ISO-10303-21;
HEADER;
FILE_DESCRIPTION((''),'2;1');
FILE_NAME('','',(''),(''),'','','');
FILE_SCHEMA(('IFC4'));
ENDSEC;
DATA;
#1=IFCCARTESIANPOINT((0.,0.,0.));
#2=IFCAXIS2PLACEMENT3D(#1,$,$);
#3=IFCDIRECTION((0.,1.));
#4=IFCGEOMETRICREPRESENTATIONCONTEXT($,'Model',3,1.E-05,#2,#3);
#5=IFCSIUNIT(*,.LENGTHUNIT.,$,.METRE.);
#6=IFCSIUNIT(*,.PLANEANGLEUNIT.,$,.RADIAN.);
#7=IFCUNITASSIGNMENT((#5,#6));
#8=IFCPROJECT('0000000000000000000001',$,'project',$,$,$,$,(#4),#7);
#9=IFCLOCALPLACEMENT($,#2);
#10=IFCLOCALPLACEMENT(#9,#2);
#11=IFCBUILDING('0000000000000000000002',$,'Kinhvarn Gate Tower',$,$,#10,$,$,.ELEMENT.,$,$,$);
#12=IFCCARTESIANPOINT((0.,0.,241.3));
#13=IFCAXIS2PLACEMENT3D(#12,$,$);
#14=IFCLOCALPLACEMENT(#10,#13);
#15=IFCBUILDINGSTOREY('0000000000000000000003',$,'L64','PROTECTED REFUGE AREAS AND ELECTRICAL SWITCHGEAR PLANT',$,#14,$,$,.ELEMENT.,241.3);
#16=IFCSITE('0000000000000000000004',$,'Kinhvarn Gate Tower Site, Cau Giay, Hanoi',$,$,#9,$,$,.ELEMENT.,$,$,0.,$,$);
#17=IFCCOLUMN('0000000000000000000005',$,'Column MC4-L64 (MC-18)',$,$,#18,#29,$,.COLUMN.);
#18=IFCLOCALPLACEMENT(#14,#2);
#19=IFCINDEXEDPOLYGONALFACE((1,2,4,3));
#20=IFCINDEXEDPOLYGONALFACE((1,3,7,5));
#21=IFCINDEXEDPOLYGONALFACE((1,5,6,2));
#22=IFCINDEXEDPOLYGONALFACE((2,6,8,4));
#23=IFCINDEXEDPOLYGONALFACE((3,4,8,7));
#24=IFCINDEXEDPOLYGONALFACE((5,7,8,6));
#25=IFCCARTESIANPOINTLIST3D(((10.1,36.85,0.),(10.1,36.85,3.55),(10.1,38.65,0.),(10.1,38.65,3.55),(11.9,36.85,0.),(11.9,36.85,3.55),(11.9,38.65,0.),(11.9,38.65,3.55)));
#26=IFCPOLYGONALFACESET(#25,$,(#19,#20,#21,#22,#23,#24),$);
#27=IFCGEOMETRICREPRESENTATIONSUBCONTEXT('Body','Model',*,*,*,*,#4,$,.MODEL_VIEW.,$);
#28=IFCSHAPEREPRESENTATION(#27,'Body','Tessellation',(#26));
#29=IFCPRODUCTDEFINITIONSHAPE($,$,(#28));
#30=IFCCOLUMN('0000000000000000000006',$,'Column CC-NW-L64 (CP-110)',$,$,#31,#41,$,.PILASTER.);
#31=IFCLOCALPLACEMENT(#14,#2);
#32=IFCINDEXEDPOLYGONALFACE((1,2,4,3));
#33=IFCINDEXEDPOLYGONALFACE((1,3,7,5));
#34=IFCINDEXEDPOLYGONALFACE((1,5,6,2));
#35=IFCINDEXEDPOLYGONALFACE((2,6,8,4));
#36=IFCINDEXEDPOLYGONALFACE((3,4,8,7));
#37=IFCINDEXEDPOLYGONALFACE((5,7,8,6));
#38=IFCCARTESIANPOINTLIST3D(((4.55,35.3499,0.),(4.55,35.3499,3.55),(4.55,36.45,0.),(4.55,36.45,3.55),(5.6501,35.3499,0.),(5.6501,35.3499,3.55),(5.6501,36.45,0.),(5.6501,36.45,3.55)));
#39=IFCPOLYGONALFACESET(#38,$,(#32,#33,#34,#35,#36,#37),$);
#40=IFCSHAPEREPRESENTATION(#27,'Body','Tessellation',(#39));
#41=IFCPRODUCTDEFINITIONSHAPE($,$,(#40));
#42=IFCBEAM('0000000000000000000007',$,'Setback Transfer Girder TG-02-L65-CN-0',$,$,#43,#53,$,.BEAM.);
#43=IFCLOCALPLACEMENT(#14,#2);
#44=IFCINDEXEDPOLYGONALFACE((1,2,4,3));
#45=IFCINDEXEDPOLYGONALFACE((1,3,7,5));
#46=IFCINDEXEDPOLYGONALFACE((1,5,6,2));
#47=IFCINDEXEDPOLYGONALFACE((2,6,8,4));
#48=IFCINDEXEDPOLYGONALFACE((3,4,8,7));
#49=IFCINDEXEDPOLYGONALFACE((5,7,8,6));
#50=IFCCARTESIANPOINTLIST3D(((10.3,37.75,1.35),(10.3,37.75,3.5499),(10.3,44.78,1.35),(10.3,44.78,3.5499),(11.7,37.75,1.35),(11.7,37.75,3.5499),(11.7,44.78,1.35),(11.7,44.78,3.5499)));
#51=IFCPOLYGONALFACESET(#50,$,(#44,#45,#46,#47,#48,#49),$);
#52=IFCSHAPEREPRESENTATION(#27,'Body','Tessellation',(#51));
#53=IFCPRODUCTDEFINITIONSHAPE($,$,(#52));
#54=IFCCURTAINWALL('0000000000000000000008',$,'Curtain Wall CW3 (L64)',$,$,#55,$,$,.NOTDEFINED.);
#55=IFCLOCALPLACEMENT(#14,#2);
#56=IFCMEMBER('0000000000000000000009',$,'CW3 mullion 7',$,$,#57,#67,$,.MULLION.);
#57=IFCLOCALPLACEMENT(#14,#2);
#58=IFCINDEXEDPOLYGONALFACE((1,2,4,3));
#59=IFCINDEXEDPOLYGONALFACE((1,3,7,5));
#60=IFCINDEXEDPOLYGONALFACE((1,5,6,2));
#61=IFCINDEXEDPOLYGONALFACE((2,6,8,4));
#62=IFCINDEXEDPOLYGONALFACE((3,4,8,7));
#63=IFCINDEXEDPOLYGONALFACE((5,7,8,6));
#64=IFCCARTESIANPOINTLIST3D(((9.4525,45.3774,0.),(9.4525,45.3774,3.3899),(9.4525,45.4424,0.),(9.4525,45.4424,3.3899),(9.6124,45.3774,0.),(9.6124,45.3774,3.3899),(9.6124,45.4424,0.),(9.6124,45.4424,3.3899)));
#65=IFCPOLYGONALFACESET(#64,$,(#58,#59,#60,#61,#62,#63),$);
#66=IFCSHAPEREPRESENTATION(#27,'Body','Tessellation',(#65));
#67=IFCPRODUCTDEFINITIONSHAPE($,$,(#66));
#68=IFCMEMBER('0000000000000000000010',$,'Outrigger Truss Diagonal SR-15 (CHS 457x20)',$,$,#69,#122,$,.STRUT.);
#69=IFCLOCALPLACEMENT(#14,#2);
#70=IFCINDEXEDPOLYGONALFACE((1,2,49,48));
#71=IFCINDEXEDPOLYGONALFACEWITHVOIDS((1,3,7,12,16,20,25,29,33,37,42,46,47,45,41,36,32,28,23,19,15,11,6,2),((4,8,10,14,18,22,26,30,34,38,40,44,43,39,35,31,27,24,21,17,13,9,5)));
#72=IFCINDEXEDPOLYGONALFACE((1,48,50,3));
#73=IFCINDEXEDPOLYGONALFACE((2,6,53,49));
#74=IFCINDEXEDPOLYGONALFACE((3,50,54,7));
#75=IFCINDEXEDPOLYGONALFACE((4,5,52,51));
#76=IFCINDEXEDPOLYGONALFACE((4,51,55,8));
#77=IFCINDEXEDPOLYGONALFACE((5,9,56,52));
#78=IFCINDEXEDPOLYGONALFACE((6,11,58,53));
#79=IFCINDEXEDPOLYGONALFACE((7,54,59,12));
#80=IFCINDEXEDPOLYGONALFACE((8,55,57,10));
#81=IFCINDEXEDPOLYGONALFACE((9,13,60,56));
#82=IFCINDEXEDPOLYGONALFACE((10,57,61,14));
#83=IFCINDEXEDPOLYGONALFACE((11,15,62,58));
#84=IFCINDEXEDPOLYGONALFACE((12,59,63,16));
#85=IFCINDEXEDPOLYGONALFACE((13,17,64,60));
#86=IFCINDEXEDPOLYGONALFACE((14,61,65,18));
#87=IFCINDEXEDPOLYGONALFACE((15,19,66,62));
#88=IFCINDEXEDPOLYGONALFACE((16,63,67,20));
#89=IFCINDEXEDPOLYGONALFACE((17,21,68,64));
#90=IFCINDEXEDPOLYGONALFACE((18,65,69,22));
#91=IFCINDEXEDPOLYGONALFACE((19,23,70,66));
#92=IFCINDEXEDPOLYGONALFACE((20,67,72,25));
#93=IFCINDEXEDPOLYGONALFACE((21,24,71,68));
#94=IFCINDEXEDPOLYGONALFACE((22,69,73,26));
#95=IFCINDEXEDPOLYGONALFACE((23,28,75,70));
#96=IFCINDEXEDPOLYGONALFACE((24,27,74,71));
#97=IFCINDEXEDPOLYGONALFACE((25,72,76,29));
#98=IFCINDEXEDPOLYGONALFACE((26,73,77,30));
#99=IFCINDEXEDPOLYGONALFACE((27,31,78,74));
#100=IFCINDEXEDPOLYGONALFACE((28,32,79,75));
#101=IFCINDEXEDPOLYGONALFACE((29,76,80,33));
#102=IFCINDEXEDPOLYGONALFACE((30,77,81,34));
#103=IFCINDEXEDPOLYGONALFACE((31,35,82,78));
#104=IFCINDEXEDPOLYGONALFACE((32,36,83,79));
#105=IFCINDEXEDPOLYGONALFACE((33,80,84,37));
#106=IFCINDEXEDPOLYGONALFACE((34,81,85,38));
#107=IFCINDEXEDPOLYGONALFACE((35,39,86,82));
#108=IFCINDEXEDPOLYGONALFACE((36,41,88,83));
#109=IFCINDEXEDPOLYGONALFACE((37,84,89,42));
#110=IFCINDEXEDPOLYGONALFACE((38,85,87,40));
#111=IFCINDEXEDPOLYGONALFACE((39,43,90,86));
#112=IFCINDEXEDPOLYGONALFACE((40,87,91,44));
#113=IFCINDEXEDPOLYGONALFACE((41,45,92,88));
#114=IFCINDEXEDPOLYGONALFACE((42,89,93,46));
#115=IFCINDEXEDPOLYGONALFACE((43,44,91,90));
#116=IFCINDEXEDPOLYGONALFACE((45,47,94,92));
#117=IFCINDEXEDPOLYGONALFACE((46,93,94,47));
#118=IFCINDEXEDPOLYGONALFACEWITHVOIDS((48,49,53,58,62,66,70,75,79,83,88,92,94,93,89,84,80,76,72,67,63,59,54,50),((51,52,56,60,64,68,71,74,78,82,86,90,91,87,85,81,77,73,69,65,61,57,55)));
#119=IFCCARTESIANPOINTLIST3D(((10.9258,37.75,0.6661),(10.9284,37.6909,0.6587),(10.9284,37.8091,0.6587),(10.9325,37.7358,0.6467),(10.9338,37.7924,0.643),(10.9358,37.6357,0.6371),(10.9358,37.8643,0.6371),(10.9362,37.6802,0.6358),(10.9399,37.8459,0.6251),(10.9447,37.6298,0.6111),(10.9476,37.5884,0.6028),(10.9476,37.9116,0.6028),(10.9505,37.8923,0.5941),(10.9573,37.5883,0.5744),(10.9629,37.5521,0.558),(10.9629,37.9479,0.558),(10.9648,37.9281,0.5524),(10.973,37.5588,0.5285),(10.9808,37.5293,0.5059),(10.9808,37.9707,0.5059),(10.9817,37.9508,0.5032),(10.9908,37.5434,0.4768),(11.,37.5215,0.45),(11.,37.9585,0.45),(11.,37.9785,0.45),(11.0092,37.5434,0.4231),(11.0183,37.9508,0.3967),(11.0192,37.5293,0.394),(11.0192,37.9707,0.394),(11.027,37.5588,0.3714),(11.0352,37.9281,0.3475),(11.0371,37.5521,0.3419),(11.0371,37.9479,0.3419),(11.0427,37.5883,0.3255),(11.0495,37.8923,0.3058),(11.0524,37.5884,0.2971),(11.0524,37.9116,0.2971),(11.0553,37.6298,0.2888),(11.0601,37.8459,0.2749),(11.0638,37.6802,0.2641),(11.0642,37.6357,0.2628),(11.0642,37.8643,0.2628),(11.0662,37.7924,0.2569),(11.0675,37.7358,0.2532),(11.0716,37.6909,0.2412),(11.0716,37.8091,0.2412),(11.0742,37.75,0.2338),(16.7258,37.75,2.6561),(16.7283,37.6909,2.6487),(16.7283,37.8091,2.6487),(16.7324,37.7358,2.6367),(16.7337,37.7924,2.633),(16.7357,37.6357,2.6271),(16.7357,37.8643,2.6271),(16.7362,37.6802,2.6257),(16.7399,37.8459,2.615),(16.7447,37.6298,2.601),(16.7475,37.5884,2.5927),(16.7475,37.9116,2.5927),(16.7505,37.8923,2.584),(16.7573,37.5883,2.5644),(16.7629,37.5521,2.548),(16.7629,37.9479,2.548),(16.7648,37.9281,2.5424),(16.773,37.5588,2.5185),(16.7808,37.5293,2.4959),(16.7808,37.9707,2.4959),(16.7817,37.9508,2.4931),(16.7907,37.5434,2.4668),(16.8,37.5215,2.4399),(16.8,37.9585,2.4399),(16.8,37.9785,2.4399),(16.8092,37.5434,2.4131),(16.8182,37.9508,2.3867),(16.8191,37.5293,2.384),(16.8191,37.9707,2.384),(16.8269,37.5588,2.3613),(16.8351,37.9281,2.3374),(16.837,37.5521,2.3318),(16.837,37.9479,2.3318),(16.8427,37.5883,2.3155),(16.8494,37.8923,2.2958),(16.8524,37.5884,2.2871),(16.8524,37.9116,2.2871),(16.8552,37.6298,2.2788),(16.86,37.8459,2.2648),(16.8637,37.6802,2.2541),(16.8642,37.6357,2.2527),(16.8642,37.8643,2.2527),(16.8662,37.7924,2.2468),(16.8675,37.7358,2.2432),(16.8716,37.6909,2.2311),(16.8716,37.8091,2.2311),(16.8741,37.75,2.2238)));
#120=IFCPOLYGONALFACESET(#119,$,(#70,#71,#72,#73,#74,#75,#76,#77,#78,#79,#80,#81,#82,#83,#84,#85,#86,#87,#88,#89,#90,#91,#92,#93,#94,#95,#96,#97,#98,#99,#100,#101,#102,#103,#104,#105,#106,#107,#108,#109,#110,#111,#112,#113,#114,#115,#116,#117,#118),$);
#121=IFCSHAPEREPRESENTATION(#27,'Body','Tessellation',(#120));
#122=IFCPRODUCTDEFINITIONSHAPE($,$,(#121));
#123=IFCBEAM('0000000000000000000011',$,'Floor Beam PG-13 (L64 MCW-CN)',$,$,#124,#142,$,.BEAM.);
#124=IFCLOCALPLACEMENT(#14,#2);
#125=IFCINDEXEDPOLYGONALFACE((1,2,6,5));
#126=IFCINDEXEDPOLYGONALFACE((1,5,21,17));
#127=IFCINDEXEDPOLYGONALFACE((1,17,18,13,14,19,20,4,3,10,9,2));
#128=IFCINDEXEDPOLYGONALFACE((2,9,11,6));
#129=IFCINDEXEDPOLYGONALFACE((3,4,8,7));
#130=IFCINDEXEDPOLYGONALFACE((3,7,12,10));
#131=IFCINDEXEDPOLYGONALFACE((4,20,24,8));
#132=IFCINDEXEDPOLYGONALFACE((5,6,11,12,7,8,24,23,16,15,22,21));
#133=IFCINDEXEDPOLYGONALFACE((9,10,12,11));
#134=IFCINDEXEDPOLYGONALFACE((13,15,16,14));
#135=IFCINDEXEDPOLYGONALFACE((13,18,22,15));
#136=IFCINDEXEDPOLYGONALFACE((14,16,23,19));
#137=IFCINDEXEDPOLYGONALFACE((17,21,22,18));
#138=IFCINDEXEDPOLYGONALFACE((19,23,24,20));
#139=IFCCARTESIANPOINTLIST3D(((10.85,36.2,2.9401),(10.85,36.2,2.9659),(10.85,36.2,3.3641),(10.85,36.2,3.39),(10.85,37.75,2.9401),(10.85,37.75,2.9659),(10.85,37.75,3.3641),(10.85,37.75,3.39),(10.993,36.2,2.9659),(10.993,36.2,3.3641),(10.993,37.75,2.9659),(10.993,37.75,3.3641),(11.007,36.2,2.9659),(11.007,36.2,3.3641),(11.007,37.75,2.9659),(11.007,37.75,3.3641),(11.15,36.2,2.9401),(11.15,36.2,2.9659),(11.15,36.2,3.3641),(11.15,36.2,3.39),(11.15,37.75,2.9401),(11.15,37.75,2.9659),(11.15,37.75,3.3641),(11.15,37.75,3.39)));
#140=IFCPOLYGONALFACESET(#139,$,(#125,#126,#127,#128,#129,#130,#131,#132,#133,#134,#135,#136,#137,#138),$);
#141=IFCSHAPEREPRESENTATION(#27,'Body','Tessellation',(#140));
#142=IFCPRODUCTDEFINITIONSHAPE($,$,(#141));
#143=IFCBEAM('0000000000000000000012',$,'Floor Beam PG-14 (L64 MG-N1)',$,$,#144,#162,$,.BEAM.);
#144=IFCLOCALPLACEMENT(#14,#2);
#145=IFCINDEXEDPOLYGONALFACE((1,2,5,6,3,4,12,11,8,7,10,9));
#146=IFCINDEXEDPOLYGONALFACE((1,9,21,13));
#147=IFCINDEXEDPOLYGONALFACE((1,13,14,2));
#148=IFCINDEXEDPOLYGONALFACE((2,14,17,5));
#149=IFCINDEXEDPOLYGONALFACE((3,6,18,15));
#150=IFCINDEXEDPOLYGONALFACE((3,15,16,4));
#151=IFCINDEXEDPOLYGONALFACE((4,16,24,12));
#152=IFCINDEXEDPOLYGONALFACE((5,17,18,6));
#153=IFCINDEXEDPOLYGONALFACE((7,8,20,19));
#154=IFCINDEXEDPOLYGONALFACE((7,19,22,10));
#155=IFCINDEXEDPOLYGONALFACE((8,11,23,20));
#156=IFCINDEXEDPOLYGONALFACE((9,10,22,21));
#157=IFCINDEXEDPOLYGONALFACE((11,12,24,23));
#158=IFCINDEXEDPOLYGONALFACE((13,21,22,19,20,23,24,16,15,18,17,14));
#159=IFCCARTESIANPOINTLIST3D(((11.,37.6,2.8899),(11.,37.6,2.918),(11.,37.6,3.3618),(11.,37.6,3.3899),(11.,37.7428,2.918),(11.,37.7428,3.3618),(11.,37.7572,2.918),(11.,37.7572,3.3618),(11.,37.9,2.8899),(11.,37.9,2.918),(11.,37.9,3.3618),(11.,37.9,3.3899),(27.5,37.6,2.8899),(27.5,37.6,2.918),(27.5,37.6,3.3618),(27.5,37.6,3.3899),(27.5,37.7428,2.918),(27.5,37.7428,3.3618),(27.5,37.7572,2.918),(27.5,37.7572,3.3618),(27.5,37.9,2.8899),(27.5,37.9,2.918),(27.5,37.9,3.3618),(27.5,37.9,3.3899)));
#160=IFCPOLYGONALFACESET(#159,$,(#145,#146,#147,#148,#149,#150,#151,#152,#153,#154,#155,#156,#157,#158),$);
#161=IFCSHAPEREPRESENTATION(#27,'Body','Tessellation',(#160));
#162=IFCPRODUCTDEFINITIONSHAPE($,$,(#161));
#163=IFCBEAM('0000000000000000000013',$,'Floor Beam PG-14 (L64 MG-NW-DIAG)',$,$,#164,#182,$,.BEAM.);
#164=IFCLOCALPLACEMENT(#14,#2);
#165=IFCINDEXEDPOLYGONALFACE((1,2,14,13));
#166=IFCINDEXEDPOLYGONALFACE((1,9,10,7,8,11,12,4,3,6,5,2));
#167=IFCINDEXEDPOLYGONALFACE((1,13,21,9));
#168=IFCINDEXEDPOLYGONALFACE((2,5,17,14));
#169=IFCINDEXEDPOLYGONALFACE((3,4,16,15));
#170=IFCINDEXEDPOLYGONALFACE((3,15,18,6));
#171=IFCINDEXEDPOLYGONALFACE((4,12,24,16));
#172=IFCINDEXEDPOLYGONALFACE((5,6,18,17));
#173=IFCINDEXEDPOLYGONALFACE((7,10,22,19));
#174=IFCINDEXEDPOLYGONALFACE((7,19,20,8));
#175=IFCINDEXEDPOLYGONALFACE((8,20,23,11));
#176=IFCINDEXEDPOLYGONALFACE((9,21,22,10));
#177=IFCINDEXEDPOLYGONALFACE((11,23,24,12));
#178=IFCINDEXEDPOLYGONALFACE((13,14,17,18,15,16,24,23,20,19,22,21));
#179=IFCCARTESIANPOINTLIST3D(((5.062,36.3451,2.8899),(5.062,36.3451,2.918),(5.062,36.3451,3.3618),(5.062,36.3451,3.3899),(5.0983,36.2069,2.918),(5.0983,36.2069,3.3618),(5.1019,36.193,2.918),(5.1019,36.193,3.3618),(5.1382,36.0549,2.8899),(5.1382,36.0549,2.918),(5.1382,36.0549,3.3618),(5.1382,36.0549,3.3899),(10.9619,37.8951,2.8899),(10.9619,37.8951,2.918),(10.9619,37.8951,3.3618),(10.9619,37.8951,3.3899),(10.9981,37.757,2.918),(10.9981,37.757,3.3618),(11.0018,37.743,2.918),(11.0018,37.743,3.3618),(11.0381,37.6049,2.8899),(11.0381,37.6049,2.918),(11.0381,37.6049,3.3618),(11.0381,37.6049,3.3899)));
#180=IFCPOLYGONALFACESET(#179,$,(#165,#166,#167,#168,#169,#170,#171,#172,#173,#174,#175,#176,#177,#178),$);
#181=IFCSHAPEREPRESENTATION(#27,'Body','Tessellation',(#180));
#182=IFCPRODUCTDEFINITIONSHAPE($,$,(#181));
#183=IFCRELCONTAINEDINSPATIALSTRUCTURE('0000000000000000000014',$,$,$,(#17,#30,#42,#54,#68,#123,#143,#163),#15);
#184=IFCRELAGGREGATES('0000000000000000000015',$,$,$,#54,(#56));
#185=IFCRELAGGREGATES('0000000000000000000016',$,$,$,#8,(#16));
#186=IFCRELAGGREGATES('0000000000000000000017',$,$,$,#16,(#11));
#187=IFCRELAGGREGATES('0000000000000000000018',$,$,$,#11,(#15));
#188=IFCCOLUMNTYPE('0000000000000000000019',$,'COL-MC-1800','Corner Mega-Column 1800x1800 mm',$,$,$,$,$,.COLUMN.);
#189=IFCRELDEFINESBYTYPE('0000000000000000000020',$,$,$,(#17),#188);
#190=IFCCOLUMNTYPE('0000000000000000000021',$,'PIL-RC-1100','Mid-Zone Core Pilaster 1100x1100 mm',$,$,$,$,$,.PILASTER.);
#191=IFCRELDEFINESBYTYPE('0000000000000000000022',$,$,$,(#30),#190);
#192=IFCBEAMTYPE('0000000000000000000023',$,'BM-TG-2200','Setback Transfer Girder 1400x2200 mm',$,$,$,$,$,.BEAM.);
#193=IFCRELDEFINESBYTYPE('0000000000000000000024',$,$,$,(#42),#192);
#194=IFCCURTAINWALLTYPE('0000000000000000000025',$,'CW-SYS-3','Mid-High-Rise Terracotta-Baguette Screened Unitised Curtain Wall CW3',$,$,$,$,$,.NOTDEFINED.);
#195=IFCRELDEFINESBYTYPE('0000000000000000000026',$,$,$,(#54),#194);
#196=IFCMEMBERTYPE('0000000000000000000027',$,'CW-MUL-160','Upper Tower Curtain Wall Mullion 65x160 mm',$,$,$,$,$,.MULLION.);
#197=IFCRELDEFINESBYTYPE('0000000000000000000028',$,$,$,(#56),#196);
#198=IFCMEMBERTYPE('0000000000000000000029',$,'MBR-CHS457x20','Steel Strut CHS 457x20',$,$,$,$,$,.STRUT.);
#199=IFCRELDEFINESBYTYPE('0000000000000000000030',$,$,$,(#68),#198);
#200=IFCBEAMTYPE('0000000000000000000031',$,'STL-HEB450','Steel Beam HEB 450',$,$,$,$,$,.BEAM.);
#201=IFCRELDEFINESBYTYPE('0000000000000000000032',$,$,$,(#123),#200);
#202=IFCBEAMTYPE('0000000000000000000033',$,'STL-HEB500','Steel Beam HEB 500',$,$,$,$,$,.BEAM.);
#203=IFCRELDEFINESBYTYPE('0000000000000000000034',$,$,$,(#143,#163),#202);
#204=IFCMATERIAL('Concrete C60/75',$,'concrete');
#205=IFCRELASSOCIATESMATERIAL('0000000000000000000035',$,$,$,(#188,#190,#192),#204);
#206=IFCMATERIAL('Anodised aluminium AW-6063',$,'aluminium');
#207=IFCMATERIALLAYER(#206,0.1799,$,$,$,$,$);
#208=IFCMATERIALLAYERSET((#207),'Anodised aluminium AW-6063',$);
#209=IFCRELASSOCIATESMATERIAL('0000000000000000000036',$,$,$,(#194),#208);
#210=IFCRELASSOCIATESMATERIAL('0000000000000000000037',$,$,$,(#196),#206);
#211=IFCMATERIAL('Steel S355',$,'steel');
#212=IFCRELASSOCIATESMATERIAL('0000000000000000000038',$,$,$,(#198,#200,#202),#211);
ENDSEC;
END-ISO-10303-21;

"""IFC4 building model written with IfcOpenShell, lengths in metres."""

from ifc_helpers import new_model, si_unit, direction, frame, origin, origin_2d, place, context, subcontext, project, spatial, rectangle, hollow_circle, i_section, extrude, material, layer, layer_set, material_profile, profile_set, type_object, element, aggregate, save


model = new_model("IFC4")

# Units and contexts
model_context = context("Model", 3, precision=1e-05, world=origin(), true_north=direction((0.0, 1.0)))
body_context = subcontext(model_context, "Body", "Model", "MODEL_VIEW")
ifc_project = project(units=[si_unit("LENGTHUNIT", "METRE"), si_unit("PLANEANGLEUNIT", "RADIAN")], contexts=[model_context])

# Site, building, storey
site_placement = place(None, origin())
site = spatial("IfcSite", under=ifc_project, at=site_placement, Name="Kinhvarn Gate Tower Site, Cau Giay, Hanoi", CompositionType="ELEMENT", RefElevation=0.0)
building_placement = place(site_placement, origin())
building = spatial("IfcBuilding", under=site, at=building_placement, Name="Kinhvarn Gate Tower", CompositionType="ELEMENT")
storey_placement = place(building_placement, frame((0.0, 0.0, 241.3)))
storey = spatial("IfcBuildingStorey", under=building, at=storey_placement, Name="L64", Description="PROTECTED REFUGE AREAS AND ELECTRICAL SWITCHGEAR PLANT", CompositionType="ELEMENT", Elevation=241.3)

# Columns
ifc_material_1 = material(Name="Concrete C60/75", Category="concrete")
ifc_material_profile_1 = material_profile(ifc_material_1, rectangle(XDim=1.8, YDim=1.8, at=origin_2d()), Name="RC 1800x1800")
ifc_profile_set_1 = profile_set([ifc_material_profile_1], Name="Concrete C60/75")
column_type_1 = type_object("IfcColumnType", Name="COL-MC-1800", Description="Corner Mega-Column 1800x1800 mm", PredefinedType="COLUMN", material=ifc_profile_set_1)
column_1_placement = place(storey_placement, frame((11.0, 37.75, 0.0), z_axis=(0.0, 0.0, 1.0), x_axis=(1.0, 0.0, 0.0)))
element("IfcColumn", 1, at=column_1_placement, inside=storey, type_object=column_type_1, Name="Column MC4-L64 (MC-18)", PredefinedType="COLUMN", context=body_context, shape_type="SweptSolid", body=[
    extrude(rectangle(XDim=1.8, YDim=1.8, at=origin_2d()), origin(), (0.0, 0.0, 1.0), 3.55),
])
ifc_material_profile_2 = material_profile(ifc_material_1, rectangle(XDim=1.1001, YDim=1.1001, at=origin_2d()), Name="RC 1100x1100")
ifc_profile_set_2 = profile_set([ifc_material_profile_2], Name="Concrete C60/75")
column_type_2 = type_object("IfcColumnType", Name="PIL-RC-1100", Description="Mid-Zone Core Pilaster 1100x1100 mm", PredefinedType="PILASTER", material=ifc_profile_set_2)
column_2_placement = place(storey_placement, frame((5.1001, 35.8999, 0.0), z_axis=(0.0, 0.0, 1.0), x_axis=(1.0, 0.0, 0.0)))
element("IfcColumn", 2, at=column_2_placement, inside=storey, type_object=column_type_2, Name="Column CC-NW-L64 (CP-110)", PredefinedType="PILASTER", context=body_context, shape_type="SweptSolid", body=[
    extrude(rectangle(XDim=1.1001, YDim=1.1001, at=origin_2d()), origin(), (0.0, 0.0, 1.0), 3.55),
])

# Beam
ifc_material_profile_3 = material_profile(ifc_material_1, rectangle(XDim=1.3999, YDim=2.2, at=origin_2d()), Name="RC 1400x2200")
ifc_profile_set_3 = profile_set([ifc_material_profile_3], Name="Concrete C60/75")
beam_type_1 = type_object("IfcBeamType", Name="BM-TG-2200", Description="Setback Transfer Girder 1400x2200 mm", PredefinedType="BEAM", material=ifc_profile_set_3)
beam_1_placement = place(storey_placement, frame((11.0, 37.75, 2.45), z_axis=(0.0, 1.0, 0.0), x_axis=(-1.0, 0.0, 0.0)))
element("IfcBeam", 3, at=beam_1_placement, inside=storey, type_object=beam_type_1, Name="Setback Transfer Girder TG-02-L65-CN-0", PredefinedType="BEAM", context=body_context, shape_type="SweptSolid", body=[
    extrude(rectangle(XDim=1.3999, YDim=2.2, at=origin_2d()), origin(), (0.0, 0.0, 1.0), 7.03),
])

# Curtain wall, member
ifc_material_2 = material(Name="Anodised aluminium AW-6063", Category="aluminium")
ifc_layer_1 = layer(ifc_material_2, 0.1799)
ifc_layer_set_1 = layer_set([ifc_layer_1], Name="Anodised aluminium AW-6063")
curtain_wall_type = type_object("IfcCurtainWallType", Name="CW-SYS-3", Description="Mid-High-Rise Terracotta-Baguette Screened Unitised Curtain Wall CW3", PredefinedType="NOTDEFINED", material=ifc_layer_set_1)
curtain_wall_placement = place(storey_placement, origin())
curtain_wall = element("IfcCurtainWall", 4, at=curtain_wall_placement, inside=storey, type_object=curtain_wall_type, Name="Curtain Wall CW3 (L64)", PredefinedType="NOTDEFINED")
ifc_material_profile_4 = material_profile(ifc_material_2, rectangle(XDim=0.0649, YDim=0.1599, at=origin_2d()), Name="ALU 65x160")
ifc_profile_set_4 = profile_set([ifc_material_profile_4], Name="Anodised aluminium AW-6063")
member_type_1 = type_object("IfcMemberType", Name="CW-MUL-160", Description="Upper Tower Curtain Wall Mullion 65x160 mm", PredefinedType="MULLION", material=ifc_profile_set_4)
member_1_placement = place(storey_placement, frame((9.5325, 45.4099, 0.0), z_axis=(0.0, 0.0, 1.0), x_axis=(0.0, -1.0, 0.0)))
member_1 = element("IfcMember", 5, at=member_1_placement, type_object=member_type_1, Name="CW3 mullion 7", PredefinedType="MULLION", context=body_context, shape_type="SweptSolid", body=[
    extrude(rectangle(XDim=0.0649, YDim=0.1599, at=origin_2d()), origin(), (0.0, 0.0, 1.0), 3.3899),
])
aggregate(curtain_wall, [member_1])

# Member
ifc_material_3 = material(Name="Steel S355", Category="steel")
ifc_material_profile_5 = material_profile(ifc_material_3, hollow_circle(Radius=0.2285, WallThickness=0.02, at=origin_2d()), Name="CHS 457x20")
ifc_profile_set_5 = profile_set([ifc_material_profile_5], Name="Steel S355")
member_type_2 = type_object("IfcMemberType", Name="MBR-CHS457x20", Description="Steel Strut CHS 457x20", PredefinedType="STRUT", material=ifc_profile_set_5)
member_2_placement = place(storey_placement, frame((11.0, 37.75, 0.45), z_axis=(0.945876, 0.0, 0.324529), x_axis=(0.0, 1.0, 0.0)))
element("IfcMember", 6, at=member_2_placement, inside=storey, type_object=member_type_2, Name="Outrigger Truss Diagonal SR-15 (CHS 457x20)", PredefinedType="STRUT", context=body_context, shape_type="SweptSolid", body=[
    extrude(hollow_circle(Radius=0.2285, WallThickness=0.02, at=origin_2d()), origin(), (0.0, 0.0, 1.0), 6.1318),
])

# Beams
ifc_material_profile_6 = material_profile(ifc_material_3, i_section(OverallWidth=0.3, OverallDepth=0.45, WebThickness=0.0139, FlangeThickness=0.0259, at=origin_2d()), Name="HEB 450")
ifc_profile_set_6 = profile_set([ifc_material_profile_6], Name="Steel S355")
beam_type_2 = type_object("IfcBeamType", Name="STL-HEB450", Description="Steel Beam HEB 450", PredefinedType="BEAM", material=ifc_profile_set_6)
beam_2_placement = place(storey_placement, frame((11.0, 36.2, 3.165), z_axis=(0.0, 1.0, 0.0), x_axis=(-1.0, 0.0, 0.0)))
element("IfcBeam", 7, at=beam_2_placement, inside=storey, type_object=beam_type_2, Name="Floor Beam PG-13 (L64 MCW-CN)", PredefinedType="BEAM", context=body_context, shape_type="SweptSolid", body=[
    extrude(i_section(OverallWidth=0.3, OverallDepth=0.45, WebThickness=0.0139, FlangeThickness=0.0259, at=origin_2d()), origin(), (0.0, 0.0, 1.0), 1.55),
])
ifc_material_profile_7 = material_profile(ifc_material_3, i_section(OverallWidth=0.3, OverallDepth=0.5, WebThickness=0.0144, FlangeThickness=0.0281, at=origin_2d()), Name="HEB 500")
ifc_profile_set_7 = profile_set([ifc_material_profile_7], Name="Steel S355")
beam_type_3 = type_object("IfcBeamType", Name="STL-HEB500", Description="Steel Beam HEB 500", PredefinedType="BEAM", material=ifc_profile_set_7)
beam_3_placement = place(storey_placement, frame((11.0, 37.75, 3.1399), z_axis=(1.0, 0.0, 0.0), x_axis=(0.0, 1.0, 0.0)))
element("IfcBeam", 8, at=beam_3_placement, inside=storey, type_object=beam_type_3, Name="Floor Beam PG-14 (L64 MG-N1)", PredefinedType="BEAM", context=body_context, shape_type="SweptSolid", body=[
    extrude(i_section(OverallWidth=0.3, OverallDepth=0.5, WebThickness=0.0144, FlangeThickness=0.0281, at=origin_2d()), origin(), (0.0, 0.0, 1.0), 16.5),
])
beam_4_placement = place(storey_placement, frame((5.1001, 36.2, 3.1399), z_axis=(0.967178, 0.254101, 0.0), x_axis=(-0.254101, 0.967178, 0.0)))
element("IfcBeam", 9, at=beam_4_placement, inside=storey, type_object=beam_type_3, Name="Floor Beam PG-14 (L64 MG-NW-DIAG)", PredefinedType="BEAM", context=body_context, shape_type="SweptSolid", body=[
    extrude(i_section(OverallWidth=0.3, OverallDepth=0.5, WebThickness=0.0144, FlangeThickness=0.0281, at=origin_2d()), origin(), (0.0, 0.0, 1.0), 6.1001),
])

save(model, "model.ifc")
